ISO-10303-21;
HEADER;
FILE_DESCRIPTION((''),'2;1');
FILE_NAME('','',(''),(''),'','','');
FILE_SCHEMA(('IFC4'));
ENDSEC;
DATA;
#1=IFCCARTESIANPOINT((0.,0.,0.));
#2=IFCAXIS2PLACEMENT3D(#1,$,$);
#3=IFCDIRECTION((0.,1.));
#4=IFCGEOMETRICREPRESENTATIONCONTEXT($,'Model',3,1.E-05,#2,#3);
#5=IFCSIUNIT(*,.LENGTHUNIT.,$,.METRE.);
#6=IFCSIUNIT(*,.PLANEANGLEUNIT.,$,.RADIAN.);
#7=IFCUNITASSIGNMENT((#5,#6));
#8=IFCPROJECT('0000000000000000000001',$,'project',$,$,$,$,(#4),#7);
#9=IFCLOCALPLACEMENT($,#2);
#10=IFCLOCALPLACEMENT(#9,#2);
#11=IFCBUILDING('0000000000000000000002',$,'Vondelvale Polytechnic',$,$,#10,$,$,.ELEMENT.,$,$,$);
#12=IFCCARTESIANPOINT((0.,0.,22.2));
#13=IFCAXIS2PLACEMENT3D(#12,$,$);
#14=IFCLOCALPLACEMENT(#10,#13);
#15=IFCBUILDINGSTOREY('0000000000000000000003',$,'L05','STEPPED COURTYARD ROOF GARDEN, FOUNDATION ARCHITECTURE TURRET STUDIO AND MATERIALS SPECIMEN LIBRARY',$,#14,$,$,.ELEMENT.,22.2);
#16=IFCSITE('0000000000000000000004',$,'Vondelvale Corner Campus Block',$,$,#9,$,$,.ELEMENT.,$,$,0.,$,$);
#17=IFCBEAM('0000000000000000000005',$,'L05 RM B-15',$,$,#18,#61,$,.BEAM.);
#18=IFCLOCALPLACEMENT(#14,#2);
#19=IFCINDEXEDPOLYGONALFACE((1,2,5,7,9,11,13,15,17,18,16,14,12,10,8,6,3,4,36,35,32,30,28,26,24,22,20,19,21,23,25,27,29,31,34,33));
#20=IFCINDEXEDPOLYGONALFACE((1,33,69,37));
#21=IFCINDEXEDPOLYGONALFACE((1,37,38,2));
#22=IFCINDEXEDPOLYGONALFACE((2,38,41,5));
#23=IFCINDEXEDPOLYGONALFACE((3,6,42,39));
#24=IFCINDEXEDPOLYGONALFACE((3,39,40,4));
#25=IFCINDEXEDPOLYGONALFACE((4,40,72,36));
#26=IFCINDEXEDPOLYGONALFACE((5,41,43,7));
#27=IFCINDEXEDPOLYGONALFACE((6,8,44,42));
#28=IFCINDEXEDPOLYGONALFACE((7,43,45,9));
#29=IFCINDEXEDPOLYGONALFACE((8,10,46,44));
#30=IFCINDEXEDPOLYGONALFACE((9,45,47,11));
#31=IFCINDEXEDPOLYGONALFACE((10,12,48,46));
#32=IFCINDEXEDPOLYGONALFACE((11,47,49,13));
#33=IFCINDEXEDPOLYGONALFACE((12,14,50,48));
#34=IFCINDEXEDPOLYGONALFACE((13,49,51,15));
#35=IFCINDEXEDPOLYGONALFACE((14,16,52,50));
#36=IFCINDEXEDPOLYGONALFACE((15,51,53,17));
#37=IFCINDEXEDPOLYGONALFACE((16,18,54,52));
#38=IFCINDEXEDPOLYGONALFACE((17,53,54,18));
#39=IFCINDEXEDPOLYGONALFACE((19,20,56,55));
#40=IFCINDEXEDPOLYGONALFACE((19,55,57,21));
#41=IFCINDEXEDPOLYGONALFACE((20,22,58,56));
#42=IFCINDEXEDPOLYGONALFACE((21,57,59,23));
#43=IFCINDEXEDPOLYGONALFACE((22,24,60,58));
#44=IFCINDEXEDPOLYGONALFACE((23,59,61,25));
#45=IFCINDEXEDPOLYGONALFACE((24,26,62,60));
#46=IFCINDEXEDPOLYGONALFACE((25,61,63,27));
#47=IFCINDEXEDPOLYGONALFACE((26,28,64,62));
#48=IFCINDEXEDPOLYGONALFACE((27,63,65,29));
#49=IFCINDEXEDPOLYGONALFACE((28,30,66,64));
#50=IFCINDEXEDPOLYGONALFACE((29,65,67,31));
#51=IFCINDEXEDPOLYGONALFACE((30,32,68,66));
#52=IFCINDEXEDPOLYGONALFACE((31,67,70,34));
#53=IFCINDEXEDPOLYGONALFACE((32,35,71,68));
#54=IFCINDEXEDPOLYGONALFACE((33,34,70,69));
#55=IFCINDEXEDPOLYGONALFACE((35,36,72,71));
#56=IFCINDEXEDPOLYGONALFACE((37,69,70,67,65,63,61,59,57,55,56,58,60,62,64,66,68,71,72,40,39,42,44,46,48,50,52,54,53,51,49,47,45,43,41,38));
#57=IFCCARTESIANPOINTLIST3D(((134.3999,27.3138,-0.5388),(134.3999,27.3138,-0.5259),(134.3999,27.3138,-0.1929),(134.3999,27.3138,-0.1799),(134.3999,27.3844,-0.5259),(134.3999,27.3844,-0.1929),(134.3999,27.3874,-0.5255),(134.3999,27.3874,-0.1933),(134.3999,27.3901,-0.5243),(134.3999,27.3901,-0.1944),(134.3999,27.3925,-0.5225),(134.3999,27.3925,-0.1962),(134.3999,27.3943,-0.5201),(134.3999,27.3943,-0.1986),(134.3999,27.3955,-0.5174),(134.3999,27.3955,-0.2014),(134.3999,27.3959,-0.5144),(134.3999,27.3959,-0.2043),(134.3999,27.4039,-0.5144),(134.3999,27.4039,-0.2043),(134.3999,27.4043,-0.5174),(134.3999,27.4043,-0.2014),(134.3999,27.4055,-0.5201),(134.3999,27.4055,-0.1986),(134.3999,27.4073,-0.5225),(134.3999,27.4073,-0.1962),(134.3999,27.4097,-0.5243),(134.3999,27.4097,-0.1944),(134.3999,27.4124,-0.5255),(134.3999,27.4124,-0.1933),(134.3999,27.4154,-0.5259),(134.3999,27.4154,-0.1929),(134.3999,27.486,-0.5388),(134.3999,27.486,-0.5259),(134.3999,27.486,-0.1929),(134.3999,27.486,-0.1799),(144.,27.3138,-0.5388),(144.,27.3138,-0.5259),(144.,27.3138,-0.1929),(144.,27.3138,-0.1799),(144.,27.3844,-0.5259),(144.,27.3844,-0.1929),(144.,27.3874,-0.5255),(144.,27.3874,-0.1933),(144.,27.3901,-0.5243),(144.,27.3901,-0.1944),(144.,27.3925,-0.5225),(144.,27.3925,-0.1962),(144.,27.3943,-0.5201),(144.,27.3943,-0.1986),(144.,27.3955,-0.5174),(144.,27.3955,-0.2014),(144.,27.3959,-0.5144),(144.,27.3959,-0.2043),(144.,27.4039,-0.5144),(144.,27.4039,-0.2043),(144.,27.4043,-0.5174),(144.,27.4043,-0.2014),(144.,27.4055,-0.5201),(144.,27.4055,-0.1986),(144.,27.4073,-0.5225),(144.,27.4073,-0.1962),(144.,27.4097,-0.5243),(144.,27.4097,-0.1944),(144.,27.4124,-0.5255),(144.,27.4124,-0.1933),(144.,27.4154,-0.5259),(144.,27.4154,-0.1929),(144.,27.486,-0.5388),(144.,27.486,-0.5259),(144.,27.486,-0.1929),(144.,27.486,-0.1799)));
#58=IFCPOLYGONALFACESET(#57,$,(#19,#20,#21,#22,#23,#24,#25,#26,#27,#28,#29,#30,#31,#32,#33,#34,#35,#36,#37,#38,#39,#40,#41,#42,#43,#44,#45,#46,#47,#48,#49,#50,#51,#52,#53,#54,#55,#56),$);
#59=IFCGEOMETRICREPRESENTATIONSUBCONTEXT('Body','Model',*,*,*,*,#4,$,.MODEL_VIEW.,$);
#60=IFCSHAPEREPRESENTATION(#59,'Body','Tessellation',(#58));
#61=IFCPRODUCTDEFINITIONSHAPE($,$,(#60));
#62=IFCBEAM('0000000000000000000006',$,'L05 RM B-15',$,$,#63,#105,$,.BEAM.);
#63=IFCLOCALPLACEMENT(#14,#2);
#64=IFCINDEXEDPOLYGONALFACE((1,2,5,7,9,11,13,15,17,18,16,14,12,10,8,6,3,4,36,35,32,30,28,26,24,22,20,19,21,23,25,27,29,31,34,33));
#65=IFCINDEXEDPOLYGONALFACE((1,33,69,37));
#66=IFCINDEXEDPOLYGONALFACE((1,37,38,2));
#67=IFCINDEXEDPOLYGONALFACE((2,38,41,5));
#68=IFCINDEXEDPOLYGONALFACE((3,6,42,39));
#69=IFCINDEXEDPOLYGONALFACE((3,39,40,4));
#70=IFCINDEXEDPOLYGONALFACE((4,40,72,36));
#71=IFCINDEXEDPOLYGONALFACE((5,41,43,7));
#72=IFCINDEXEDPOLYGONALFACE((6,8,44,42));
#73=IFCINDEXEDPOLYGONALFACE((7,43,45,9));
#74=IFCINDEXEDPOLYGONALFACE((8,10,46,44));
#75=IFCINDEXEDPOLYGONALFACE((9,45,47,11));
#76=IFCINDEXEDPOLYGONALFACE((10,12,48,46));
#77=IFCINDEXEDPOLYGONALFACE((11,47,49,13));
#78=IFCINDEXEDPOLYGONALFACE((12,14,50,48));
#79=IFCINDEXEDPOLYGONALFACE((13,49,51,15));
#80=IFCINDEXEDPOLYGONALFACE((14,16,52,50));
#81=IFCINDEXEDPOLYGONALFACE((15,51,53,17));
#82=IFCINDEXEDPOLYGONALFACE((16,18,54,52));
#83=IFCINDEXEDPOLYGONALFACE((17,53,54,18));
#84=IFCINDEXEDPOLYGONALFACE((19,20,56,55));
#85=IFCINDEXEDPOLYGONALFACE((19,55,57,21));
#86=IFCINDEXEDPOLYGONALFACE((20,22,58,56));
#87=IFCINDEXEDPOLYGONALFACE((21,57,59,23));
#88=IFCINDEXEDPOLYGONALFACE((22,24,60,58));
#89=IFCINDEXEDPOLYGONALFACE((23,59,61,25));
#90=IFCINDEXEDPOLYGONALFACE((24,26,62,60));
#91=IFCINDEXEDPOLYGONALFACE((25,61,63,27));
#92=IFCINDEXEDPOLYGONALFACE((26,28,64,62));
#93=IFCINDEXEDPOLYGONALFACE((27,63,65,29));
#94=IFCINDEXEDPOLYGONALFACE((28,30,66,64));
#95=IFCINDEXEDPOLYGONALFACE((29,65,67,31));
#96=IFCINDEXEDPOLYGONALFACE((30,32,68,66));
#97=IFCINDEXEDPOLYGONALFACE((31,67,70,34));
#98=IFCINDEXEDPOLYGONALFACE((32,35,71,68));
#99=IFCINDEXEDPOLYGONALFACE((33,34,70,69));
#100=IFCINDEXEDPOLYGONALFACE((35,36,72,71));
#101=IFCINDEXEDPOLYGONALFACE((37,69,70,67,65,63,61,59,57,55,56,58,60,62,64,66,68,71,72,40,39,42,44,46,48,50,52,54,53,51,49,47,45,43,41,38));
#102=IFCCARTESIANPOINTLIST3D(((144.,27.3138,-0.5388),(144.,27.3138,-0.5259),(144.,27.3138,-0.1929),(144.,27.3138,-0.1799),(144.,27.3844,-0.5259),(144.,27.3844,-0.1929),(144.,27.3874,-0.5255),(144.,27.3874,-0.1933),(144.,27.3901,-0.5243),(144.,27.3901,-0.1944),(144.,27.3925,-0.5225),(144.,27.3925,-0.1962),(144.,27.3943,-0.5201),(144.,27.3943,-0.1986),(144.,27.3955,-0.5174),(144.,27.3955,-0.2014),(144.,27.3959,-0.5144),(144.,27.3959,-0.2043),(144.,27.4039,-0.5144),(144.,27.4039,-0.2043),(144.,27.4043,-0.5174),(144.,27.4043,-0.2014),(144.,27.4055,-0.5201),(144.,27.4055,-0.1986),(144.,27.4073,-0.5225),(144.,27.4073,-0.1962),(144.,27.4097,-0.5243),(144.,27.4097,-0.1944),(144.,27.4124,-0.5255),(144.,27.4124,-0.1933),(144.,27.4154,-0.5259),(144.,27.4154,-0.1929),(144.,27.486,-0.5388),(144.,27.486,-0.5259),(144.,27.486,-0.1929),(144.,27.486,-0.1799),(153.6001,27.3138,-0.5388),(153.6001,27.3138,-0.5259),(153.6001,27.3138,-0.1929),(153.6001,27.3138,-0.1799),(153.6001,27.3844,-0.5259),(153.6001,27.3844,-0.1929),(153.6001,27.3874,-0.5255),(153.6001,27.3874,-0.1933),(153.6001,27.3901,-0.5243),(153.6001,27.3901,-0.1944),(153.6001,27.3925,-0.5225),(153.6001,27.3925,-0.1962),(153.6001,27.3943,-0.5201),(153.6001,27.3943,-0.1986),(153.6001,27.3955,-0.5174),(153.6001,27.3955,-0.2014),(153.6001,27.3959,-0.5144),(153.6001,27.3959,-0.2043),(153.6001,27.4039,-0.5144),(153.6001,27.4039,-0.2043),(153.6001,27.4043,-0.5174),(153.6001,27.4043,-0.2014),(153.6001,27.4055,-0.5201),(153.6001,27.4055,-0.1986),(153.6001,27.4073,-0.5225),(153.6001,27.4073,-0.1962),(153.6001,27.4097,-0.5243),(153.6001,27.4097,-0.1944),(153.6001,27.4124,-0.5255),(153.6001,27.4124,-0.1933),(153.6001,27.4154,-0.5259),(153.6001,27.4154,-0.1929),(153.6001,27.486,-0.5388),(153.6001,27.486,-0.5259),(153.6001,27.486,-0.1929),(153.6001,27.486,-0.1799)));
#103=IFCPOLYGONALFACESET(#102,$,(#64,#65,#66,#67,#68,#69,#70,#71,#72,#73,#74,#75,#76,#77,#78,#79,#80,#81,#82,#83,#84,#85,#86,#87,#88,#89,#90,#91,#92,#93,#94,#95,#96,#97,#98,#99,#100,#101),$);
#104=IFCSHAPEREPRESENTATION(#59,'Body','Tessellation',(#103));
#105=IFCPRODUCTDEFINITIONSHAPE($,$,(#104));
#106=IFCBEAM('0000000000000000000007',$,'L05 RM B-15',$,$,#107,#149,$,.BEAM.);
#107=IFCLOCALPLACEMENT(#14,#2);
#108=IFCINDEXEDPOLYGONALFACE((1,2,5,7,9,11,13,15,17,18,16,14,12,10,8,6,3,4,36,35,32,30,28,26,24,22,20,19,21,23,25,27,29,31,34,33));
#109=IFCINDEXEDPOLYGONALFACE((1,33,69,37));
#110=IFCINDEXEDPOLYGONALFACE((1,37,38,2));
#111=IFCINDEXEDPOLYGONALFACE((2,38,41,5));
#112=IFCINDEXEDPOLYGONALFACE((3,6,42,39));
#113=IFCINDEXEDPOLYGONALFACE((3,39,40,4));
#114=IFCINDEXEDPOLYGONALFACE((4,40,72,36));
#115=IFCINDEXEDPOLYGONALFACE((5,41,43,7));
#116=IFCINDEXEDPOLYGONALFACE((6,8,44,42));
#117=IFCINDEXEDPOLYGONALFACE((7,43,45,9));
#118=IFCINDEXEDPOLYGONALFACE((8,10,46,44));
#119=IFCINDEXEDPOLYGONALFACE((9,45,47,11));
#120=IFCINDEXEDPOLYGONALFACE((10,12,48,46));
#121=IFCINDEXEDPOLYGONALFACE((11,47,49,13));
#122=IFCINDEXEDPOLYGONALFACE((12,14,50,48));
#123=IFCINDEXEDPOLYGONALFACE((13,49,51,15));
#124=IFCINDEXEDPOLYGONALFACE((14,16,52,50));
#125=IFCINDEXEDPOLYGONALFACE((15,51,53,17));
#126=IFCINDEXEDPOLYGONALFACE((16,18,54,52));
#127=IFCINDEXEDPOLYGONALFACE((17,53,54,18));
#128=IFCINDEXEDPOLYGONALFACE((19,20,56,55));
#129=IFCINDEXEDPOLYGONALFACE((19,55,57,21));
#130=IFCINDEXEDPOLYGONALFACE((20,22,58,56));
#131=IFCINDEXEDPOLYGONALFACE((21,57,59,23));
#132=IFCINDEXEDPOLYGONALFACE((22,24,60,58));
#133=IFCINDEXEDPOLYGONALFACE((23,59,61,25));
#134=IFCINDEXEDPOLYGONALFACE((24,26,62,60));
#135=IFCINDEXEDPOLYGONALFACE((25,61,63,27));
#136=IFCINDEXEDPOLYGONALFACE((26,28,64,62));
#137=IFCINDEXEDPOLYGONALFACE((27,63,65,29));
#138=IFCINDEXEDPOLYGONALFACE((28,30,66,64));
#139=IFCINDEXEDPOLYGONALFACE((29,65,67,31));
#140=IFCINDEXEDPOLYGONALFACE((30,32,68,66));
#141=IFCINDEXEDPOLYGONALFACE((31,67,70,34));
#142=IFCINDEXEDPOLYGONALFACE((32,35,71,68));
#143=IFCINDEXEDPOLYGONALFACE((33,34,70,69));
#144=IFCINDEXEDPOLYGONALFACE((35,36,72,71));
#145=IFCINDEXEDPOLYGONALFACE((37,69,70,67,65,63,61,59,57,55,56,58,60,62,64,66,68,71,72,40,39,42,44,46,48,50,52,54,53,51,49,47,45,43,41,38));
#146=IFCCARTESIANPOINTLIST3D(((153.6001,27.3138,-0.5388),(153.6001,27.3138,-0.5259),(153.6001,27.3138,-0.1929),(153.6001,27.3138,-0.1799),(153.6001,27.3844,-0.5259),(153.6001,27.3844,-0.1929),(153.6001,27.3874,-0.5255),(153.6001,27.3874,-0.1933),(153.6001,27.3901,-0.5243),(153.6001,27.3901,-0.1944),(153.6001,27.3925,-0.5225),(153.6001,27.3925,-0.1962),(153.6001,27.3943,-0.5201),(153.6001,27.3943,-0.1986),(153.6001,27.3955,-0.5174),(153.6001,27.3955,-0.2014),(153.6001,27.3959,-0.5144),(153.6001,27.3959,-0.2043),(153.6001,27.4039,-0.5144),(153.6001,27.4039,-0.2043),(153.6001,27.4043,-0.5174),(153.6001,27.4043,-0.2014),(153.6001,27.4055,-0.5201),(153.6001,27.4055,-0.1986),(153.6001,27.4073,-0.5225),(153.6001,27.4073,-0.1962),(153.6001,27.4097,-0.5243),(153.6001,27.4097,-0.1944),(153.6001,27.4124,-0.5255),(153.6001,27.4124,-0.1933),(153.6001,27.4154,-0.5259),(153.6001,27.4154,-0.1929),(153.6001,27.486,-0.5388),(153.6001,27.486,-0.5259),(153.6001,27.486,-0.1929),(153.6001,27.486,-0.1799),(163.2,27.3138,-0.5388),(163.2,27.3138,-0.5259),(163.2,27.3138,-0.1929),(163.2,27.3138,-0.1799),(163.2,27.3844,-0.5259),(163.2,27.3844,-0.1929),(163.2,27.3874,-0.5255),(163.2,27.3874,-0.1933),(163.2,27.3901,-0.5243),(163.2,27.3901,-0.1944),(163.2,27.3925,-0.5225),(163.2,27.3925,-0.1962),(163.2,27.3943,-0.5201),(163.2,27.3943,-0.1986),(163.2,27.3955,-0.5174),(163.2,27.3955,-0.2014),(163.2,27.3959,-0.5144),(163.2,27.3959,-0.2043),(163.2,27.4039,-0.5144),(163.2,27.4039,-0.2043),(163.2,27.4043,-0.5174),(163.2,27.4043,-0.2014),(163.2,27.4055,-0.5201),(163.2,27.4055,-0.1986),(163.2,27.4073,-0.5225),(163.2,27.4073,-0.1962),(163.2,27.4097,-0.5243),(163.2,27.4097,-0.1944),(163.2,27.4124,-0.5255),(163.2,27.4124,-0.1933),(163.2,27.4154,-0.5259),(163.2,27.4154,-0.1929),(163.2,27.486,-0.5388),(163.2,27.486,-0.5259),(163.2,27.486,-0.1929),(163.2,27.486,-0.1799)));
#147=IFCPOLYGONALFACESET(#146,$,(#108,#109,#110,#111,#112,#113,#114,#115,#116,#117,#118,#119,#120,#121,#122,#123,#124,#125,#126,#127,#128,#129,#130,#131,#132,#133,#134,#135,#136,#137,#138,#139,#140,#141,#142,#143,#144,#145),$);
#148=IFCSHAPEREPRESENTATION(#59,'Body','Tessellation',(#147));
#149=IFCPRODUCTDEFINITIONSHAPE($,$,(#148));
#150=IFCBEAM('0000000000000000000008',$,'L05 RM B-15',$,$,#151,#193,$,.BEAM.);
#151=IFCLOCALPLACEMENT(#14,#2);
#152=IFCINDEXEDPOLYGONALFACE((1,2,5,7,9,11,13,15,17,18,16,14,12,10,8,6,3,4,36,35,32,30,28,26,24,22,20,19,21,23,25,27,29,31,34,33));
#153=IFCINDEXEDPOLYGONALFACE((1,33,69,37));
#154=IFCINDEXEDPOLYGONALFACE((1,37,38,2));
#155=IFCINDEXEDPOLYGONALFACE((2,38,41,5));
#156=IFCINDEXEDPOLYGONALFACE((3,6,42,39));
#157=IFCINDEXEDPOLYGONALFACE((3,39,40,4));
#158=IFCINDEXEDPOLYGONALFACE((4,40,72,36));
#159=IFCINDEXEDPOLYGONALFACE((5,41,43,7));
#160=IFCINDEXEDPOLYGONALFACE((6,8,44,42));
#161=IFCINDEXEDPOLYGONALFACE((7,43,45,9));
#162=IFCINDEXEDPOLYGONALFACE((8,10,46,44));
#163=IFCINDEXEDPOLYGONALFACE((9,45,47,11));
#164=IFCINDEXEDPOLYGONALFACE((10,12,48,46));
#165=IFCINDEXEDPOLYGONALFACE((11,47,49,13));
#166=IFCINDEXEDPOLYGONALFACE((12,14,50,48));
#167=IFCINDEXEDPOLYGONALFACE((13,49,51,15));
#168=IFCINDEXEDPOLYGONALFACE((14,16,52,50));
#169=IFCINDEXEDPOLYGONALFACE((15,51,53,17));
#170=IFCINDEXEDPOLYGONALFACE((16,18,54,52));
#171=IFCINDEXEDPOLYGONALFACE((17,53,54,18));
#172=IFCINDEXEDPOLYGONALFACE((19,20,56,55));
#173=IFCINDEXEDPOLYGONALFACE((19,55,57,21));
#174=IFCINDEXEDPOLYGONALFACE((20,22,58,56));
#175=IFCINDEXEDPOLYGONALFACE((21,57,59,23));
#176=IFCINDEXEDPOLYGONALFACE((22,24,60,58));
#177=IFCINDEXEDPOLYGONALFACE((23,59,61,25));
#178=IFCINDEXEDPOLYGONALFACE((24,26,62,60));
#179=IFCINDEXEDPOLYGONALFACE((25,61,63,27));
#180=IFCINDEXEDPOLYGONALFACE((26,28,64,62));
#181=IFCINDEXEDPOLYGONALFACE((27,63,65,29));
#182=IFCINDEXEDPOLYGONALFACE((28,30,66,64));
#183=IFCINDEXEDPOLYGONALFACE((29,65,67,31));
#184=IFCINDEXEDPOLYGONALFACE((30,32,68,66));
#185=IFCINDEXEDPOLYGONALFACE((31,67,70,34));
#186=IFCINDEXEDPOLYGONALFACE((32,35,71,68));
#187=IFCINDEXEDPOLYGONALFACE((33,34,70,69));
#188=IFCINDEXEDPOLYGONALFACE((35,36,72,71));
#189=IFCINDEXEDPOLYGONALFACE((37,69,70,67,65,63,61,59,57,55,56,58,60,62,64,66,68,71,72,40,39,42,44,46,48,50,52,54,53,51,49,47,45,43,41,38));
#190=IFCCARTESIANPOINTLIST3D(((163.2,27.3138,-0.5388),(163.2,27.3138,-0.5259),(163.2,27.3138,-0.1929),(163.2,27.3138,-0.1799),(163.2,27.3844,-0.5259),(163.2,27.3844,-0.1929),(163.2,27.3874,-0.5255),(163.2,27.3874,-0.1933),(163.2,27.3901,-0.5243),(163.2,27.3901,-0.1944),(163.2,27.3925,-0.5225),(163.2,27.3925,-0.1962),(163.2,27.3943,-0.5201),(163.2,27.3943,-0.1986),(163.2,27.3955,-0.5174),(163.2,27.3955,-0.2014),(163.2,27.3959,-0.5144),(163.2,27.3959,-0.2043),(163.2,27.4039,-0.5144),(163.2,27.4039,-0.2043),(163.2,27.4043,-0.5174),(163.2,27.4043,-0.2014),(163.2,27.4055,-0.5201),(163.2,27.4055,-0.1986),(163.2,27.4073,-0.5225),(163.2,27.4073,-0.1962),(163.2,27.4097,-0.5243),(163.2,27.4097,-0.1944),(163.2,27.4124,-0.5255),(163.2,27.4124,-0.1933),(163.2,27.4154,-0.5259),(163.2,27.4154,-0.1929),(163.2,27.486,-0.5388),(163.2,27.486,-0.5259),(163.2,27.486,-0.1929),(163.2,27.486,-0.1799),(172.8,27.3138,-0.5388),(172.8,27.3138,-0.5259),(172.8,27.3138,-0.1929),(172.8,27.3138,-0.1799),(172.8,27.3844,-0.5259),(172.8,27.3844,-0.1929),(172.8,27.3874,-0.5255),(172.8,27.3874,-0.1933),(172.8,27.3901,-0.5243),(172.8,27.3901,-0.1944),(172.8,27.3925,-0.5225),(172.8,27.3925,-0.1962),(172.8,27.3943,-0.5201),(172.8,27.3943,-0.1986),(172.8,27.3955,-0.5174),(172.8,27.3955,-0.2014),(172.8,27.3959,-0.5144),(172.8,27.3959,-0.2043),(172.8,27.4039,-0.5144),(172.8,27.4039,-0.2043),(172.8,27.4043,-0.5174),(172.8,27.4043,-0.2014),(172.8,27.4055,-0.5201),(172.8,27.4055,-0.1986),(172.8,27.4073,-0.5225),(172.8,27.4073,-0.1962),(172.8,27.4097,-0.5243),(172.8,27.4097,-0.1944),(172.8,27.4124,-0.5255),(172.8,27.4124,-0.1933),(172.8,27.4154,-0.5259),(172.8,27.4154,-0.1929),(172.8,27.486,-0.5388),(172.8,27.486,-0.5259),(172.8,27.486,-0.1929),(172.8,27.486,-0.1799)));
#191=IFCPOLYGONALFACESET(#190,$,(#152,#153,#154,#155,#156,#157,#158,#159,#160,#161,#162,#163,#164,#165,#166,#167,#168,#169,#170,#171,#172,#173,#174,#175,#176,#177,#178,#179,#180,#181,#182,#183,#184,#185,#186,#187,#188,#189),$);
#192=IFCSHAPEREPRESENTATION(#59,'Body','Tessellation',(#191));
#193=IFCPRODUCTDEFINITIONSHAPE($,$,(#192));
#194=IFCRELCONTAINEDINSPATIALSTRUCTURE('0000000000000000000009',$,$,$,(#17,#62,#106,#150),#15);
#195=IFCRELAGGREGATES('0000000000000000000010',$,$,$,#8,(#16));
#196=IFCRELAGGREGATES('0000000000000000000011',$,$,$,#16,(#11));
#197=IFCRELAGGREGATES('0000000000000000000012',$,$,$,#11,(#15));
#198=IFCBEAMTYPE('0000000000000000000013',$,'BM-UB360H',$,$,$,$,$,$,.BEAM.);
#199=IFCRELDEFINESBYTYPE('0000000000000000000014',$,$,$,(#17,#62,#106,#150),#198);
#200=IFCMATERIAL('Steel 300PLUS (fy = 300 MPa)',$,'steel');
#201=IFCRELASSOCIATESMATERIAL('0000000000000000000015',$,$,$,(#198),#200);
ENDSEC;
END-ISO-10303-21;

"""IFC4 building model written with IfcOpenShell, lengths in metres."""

from ifc_helpers import new_model, si_unit, direction, frame, origin, origin_2d, place, context, subcontext, project, spatial, i_section, extrude, material, material_profile, profile_set, type_object, element, save


model = new_model("IFC4")

# Units and contexts
model_context = context("Model", 3, precision=1e-05, world=origin(), true_north=direction((0.0, 1.0)))
body_context = subcontext(model_context, "Body", "Model", "MODEL_VIEW")
ifc_project = project(units=[si_unit("LENGTHUNIT", "METRE"), si_unit("PLANEANGLEUNIT", "RADIAN")], contexts=[model_context])

# Site, building, storey
site_placement = place(None, origin())
site = spatial("IfcSite", under=ifc_project, at=site_placement, Name="Vondelvale Corner Campus Block", CompositionType="ELEMENT", RefElevation=0.0)
building_placement = place(site_placement, origin())
building = spatial("IfcBuilding", under=site, at=building_placement, Name="Vondelvale Polytechnic", CompositionType="ELEMENT")
storey_placement = place(building_placement, frame((0.0, 0.0, 22.2)))
storey = spatial("IfcBuildingStorey", under=building, at=storey_placement, Name="L05", Description="STEPPED COURTYARD ROOF GARDEN, FOUNDATION ARCHITECTURE TURRET STUDIO AND MATERIALS SPECIMEN LIBRARY", CompositionType="ELEMENT", Elevation=22.2)

# Beams
ifc_material_1 = material(Name="Steel 300PLUS (fy = 300 MPa)", Category="steel")
ifc_material_profile_1 = material_profile(ifc_material_1, i_section(OverallWidth=0.1721, OverallDepth=0.3589, WebThickness=0.0081, FlangeThickness=0.0129, FilletRadius=0.0115, at=origin_2d()), Name="360UB56.7")
ifc_profile_set_1 = profile_set([ifc_material_profile_1], Name="Steel 300PLUS (fy = 300 MPa)")
beam_type_1 = type_object("IfcBeamType", Name="BM-UB360H", PredefinedType="BEAM", material=ifc_profile_set_1)
for number, where, z_axis, x_axis, name in (
    (1, (134.3999, 27.3999, -0.3594), (1.0, 0.0, 0.0), (0.0, 1.0, 0.0), "L05 RM B-15"),
    (2, (144.0, 27.3999, -0.3594), (1.0, 0.0, 0.0), (0.0, 1.0, 0.0), "L05 RM B-15"),
):
    element("IfcBeam", number, at=place(storey_placement, frame(where, z_axis=z_axis, x_axis=x_axis)), inside=storey, type_object=beam_type_1, Name=name, PredefinedType="BEAM", context=body_context, shape_type="SweptSolid", body=[
        extrude(i_section(OverallWidth=0.1721, OverallDepth=0.3589, WebThickness=0.0081, FlangeThickness=0.0129, FilletRadius=0.0115, at=origin_2d()), origin(), (0.0, 0.0, 1.0), 9.6001),
    ])
beam_1_placement = place(storey_placement, frame((153.6001, 27.3999, -0.3594), z_axis=(1.0, 0.0, 0.0), x_axis=(0.0, 1.0, 0.0)))
element("IfcBeam", 3, at=beam_1_placement, inside=storey, type_object=beam_type_1, Name="L05 RM B-15", PredefinedType="BEAM", context=body_context, shape_type="SweptSolid", body=[
    extrude(i_section(OverallWidth=0.1721, OverallDepth=0.3589, WebThickness=0.0081, FlangeThickness=0.0129, FilletRadius=0.0115, at=origin_2d()), origin(), (0.0, 0.0, 1.0), 9.5999),
])
beam_2_placement = place(storey_placement, frame((163.2, 27.3999, -0.3594), z_axis=(1.0, 0.0, 0.0), x_axis=(0.0, 1.0, 0.0)))
element("IfcBeam", 4, at=beam_2_placement, inside=storey, type_object=beam_type_1, Name="L05 RM B-15", PredefinedType="BEAM", context=body_context, shape_type="SweptSolid", body=[
    extrude(i_section(OverallWidth=0.1721, OverallDepth=0.3589, WebThickness=0.0081, FlangeThickness=0.0129, FilletRadius=0.0115, at=origin_2d()), origin(), (0.0, 0.0, 1.0), 9.6001),
])

save(model, "model.ifc")
